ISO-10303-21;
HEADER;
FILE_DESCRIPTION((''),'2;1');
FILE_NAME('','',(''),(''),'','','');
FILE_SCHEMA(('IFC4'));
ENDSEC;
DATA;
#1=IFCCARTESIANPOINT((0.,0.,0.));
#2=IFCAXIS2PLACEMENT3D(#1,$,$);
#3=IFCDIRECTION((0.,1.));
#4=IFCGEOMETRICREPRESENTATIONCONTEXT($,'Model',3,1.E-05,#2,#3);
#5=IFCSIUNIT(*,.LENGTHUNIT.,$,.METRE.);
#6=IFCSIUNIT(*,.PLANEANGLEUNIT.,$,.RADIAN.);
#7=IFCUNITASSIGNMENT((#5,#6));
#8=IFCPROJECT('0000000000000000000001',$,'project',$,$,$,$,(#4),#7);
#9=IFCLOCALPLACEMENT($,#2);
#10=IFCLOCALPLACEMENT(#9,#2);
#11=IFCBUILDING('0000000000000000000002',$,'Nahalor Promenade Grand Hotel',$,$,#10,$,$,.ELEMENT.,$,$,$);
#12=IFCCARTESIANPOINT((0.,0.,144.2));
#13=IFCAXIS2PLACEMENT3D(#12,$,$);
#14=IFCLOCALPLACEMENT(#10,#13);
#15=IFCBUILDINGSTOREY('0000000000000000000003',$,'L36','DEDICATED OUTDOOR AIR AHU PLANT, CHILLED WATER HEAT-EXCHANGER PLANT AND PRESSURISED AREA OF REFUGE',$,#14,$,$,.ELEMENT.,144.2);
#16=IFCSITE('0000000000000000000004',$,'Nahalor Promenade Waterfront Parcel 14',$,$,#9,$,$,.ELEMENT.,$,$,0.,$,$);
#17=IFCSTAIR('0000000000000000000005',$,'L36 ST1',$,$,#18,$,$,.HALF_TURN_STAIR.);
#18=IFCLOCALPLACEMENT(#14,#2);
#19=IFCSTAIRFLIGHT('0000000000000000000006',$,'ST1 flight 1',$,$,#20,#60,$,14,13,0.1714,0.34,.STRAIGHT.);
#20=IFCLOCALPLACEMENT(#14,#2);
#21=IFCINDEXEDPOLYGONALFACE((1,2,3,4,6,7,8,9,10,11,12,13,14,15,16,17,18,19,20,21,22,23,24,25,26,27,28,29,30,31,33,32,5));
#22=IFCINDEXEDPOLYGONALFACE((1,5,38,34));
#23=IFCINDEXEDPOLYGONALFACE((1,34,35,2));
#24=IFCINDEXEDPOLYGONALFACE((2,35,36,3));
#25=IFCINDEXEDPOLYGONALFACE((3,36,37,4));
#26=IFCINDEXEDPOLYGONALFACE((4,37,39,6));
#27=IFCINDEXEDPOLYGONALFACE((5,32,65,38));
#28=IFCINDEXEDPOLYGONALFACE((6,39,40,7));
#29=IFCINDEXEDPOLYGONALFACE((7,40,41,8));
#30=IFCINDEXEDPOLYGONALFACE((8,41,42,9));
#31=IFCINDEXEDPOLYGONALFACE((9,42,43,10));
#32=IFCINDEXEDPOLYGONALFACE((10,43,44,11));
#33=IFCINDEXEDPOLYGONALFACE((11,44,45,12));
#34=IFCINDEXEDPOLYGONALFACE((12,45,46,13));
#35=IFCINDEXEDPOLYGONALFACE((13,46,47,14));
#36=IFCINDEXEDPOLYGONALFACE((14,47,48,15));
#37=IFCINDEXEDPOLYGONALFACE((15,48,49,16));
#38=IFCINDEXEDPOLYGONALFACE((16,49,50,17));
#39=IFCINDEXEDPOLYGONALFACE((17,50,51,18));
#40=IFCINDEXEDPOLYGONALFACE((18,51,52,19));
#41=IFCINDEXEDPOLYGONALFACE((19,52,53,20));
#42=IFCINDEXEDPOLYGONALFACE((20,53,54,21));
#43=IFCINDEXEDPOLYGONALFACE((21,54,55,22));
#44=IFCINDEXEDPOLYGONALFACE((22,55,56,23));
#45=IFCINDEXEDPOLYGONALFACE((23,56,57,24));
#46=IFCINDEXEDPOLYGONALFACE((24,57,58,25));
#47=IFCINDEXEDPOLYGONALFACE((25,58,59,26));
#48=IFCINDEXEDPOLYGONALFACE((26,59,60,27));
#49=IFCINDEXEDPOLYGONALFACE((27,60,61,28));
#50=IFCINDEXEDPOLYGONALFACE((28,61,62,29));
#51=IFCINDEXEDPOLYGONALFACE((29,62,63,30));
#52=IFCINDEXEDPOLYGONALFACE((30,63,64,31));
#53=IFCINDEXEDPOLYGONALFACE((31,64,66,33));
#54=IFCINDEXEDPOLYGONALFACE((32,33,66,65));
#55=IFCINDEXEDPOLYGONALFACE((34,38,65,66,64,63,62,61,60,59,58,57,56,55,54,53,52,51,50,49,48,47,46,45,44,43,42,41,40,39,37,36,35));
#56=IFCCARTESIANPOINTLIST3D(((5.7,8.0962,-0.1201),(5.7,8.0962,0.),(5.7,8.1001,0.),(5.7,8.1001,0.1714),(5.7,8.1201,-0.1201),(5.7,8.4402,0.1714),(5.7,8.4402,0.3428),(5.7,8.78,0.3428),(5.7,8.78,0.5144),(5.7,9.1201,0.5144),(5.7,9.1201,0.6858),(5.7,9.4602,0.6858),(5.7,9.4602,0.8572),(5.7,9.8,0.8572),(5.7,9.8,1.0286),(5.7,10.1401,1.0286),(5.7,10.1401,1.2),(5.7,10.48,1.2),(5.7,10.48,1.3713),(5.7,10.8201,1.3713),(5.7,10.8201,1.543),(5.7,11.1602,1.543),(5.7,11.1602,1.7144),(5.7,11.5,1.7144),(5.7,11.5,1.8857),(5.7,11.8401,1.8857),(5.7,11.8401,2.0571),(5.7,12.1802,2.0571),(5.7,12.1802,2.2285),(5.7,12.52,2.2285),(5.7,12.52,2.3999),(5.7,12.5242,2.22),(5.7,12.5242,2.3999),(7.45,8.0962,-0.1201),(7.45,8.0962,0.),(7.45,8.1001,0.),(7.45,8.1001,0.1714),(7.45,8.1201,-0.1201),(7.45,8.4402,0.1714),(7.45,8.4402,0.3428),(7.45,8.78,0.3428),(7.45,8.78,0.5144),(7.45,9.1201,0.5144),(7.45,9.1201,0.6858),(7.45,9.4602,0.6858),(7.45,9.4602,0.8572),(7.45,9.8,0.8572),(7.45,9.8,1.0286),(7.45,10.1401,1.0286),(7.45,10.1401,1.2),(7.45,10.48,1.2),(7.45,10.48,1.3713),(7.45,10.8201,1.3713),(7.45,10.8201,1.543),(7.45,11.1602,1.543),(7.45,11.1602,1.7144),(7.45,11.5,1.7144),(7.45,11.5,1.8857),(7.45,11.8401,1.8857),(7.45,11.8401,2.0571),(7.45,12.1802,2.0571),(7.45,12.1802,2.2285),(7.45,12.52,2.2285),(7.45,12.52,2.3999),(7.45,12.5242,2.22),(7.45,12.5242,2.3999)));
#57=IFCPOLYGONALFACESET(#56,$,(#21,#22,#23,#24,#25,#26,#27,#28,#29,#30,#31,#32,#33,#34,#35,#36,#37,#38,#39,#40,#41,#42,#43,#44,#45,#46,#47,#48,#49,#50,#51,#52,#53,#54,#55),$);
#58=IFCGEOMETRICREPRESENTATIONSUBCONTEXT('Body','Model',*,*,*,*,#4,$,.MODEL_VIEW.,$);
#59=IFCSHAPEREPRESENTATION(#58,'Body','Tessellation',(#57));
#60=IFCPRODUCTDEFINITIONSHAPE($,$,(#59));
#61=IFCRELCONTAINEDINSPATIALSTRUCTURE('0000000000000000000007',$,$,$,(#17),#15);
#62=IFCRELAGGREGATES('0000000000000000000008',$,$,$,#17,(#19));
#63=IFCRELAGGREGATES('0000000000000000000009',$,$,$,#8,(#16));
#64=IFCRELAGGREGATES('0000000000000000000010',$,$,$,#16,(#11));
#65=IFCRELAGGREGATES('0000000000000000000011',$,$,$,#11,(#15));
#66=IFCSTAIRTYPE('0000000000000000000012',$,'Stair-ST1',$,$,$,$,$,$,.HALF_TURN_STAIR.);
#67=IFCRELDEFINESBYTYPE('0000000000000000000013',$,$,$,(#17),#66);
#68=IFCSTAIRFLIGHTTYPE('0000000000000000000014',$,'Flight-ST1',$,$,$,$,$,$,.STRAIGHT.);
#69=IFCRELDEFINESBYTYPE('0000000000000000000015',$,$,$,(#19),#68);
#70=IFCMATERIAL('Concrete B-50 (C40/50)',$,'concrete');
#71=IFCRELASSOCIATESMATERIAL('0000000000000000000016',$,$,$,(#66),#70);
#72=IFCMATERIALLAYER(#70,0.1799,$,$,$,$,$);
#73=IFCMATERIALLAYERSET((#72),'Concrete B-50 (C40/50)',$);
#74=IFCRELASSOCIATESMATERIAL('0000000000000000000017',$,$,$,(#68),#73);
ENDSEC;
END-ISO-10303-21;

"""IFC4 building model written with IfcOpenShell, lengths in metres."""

from ifc_helpers import new_model, si_unit, direction, frame, origin, place, context, subcontext, project, spatial, polyline, outline, extrude, source, transform, mapped, material, layer, layer_set, type_object, element, aggregate, save


model = new_model("IFC4")

# Units and contexts
model_context = context("Model", 3, precision=1e-05, world=origin(), true_north=direction((0.0, 1.0)))
body_context = subcontext(model_context, "Body", "Model", "MODEL_VIEW")
ifc_project = project(units=[si_unit("LENGTHUNIT", "METRE"), si_unit("PLANEANGLEUNIT", "RADIAN")], contexts=[model_context])

# Site, building, storey
site_placement = place(None, origin())
site = spatial("IfcSite", under=ifc_project, at=site_placement, Name="Nahalor Promenade Waterfront Parcel 14", CompositionType="ELEMENT", RefElevation=0.0)
building_placement = place(site_placement, origin())
building = spatial("IfcBuilding", under=site, at=building_placement, Name="Nahalor Promenade Grand Hotel", CompositionType="ELEMENT")
storey_placement = place(building_placement, frame((0.0, 0.0, 144.2)))
storey = spatial("IfcBuildingStorey", under=building, at=storey_placement, Name="L36", Description="DEDICATED OUTDOOR AIR AHU PLANT, CHILLED WATER HEAT-EXCHANGER PLANT AND PRESSURISED AREA OF REFUGE", CompositionType="ELEMENT", Elevation=144.2)

# Shared definitions
ifc_material_1 = material(Name="Concrete B-50 (C40/50)", Category="concrete")

# Stair, stair flight
stair_type = type_object("IfcStairType", Name="Stair-ST1", PredefinedType="HALF_TURN_STAIR", material=ifc_material_1)
stair_placement = place(storey_placement, origin())
stair = element("IfcStair", 1, at=stair_placement, inside=storey, type_object=stair_type, Name="L36 ST1", PredefinedType="HALF_TURN_STAIR")
ifc_layer_1 = layer(ifc_material_1, 0.1799)
ifc_layer_set_1 = layer_set([ifc_layer_1], Name="Concrete B-50 (C40/50)")
stair_flight_type = type_object("IfcStairFlightType", Name="Flight-ST1", PredefinedType="STRAIGHT", material=ifc_layer_set_1)
shared_shape_1 = source(origin(), body_context, "Body", "SweptSolid", [
    extrude(outline(polyline([(-0.0039, -0.1201), (-0.0039, 0.0), (0.0, 0.0), (0.0, 0.1714), (0.3401, 0.1714), (0.3401, 0.3428), (0.6799, 0.3428), (0.6799, 0.5144), (1.02, 0.5144), (1.02, 0.6858), (1.3601, 0.6858), (1.3601, 0.8572), (1.7, 0.8572), (1.7, 1.0286), (2.04, 1.0286), (2.04, 1.2), (2.3799, 1.2), (2.3799, 1.3713), (2.72, 1.3713), (2.72, 1.543), (3.0601, 1.543), (3.0601, 1.7144), (3.3999, 1.7144), (3.3999, 1.8857), (3.74, 1.8857), (3.74, 2.0571), (4.0801, 2.0571), (4.0801, 2.2285), (4.4199, 2.2285), (4.4199, 2.3999), (4.4241, 2.3999), (4.4241, 2.22), (0.02, -0.1201), (-0.0039, -0.1201)])), frame((0.0, 0.875, 0.0), z_axis=(0.0, -1.0, 0.0), x_axis=(1.0, 0.0, 0.0)), (0.0, 0.0, 1.0), 1.75),
])
stair_flight_placement = place(storey_placement, frame((6.575, 8.1001, 0.0), z_axis=(0.0, 0.0, 1.0), x_axis=(0.0, 1.0, 0.0)))
stair_flight = element("IfcStairFlight", 2, at=stair_flight_placement, type_object=stair_flight_type, Name="ST1 flight 1", NumberOfRisers=14, NumberOfTreads=13, PredefinedType="STRAIGHT", RiserHeight=0.1714, TreadLength=0.34, context=body_context, shape_type="MappedRepresentation", body=[
    mapped(shared_shape_1, transform((0.0, 0.0, 0.0), scale=1.0)),
])
aggregate(stair, [stair_flight])

save(model, "model.ifc")
